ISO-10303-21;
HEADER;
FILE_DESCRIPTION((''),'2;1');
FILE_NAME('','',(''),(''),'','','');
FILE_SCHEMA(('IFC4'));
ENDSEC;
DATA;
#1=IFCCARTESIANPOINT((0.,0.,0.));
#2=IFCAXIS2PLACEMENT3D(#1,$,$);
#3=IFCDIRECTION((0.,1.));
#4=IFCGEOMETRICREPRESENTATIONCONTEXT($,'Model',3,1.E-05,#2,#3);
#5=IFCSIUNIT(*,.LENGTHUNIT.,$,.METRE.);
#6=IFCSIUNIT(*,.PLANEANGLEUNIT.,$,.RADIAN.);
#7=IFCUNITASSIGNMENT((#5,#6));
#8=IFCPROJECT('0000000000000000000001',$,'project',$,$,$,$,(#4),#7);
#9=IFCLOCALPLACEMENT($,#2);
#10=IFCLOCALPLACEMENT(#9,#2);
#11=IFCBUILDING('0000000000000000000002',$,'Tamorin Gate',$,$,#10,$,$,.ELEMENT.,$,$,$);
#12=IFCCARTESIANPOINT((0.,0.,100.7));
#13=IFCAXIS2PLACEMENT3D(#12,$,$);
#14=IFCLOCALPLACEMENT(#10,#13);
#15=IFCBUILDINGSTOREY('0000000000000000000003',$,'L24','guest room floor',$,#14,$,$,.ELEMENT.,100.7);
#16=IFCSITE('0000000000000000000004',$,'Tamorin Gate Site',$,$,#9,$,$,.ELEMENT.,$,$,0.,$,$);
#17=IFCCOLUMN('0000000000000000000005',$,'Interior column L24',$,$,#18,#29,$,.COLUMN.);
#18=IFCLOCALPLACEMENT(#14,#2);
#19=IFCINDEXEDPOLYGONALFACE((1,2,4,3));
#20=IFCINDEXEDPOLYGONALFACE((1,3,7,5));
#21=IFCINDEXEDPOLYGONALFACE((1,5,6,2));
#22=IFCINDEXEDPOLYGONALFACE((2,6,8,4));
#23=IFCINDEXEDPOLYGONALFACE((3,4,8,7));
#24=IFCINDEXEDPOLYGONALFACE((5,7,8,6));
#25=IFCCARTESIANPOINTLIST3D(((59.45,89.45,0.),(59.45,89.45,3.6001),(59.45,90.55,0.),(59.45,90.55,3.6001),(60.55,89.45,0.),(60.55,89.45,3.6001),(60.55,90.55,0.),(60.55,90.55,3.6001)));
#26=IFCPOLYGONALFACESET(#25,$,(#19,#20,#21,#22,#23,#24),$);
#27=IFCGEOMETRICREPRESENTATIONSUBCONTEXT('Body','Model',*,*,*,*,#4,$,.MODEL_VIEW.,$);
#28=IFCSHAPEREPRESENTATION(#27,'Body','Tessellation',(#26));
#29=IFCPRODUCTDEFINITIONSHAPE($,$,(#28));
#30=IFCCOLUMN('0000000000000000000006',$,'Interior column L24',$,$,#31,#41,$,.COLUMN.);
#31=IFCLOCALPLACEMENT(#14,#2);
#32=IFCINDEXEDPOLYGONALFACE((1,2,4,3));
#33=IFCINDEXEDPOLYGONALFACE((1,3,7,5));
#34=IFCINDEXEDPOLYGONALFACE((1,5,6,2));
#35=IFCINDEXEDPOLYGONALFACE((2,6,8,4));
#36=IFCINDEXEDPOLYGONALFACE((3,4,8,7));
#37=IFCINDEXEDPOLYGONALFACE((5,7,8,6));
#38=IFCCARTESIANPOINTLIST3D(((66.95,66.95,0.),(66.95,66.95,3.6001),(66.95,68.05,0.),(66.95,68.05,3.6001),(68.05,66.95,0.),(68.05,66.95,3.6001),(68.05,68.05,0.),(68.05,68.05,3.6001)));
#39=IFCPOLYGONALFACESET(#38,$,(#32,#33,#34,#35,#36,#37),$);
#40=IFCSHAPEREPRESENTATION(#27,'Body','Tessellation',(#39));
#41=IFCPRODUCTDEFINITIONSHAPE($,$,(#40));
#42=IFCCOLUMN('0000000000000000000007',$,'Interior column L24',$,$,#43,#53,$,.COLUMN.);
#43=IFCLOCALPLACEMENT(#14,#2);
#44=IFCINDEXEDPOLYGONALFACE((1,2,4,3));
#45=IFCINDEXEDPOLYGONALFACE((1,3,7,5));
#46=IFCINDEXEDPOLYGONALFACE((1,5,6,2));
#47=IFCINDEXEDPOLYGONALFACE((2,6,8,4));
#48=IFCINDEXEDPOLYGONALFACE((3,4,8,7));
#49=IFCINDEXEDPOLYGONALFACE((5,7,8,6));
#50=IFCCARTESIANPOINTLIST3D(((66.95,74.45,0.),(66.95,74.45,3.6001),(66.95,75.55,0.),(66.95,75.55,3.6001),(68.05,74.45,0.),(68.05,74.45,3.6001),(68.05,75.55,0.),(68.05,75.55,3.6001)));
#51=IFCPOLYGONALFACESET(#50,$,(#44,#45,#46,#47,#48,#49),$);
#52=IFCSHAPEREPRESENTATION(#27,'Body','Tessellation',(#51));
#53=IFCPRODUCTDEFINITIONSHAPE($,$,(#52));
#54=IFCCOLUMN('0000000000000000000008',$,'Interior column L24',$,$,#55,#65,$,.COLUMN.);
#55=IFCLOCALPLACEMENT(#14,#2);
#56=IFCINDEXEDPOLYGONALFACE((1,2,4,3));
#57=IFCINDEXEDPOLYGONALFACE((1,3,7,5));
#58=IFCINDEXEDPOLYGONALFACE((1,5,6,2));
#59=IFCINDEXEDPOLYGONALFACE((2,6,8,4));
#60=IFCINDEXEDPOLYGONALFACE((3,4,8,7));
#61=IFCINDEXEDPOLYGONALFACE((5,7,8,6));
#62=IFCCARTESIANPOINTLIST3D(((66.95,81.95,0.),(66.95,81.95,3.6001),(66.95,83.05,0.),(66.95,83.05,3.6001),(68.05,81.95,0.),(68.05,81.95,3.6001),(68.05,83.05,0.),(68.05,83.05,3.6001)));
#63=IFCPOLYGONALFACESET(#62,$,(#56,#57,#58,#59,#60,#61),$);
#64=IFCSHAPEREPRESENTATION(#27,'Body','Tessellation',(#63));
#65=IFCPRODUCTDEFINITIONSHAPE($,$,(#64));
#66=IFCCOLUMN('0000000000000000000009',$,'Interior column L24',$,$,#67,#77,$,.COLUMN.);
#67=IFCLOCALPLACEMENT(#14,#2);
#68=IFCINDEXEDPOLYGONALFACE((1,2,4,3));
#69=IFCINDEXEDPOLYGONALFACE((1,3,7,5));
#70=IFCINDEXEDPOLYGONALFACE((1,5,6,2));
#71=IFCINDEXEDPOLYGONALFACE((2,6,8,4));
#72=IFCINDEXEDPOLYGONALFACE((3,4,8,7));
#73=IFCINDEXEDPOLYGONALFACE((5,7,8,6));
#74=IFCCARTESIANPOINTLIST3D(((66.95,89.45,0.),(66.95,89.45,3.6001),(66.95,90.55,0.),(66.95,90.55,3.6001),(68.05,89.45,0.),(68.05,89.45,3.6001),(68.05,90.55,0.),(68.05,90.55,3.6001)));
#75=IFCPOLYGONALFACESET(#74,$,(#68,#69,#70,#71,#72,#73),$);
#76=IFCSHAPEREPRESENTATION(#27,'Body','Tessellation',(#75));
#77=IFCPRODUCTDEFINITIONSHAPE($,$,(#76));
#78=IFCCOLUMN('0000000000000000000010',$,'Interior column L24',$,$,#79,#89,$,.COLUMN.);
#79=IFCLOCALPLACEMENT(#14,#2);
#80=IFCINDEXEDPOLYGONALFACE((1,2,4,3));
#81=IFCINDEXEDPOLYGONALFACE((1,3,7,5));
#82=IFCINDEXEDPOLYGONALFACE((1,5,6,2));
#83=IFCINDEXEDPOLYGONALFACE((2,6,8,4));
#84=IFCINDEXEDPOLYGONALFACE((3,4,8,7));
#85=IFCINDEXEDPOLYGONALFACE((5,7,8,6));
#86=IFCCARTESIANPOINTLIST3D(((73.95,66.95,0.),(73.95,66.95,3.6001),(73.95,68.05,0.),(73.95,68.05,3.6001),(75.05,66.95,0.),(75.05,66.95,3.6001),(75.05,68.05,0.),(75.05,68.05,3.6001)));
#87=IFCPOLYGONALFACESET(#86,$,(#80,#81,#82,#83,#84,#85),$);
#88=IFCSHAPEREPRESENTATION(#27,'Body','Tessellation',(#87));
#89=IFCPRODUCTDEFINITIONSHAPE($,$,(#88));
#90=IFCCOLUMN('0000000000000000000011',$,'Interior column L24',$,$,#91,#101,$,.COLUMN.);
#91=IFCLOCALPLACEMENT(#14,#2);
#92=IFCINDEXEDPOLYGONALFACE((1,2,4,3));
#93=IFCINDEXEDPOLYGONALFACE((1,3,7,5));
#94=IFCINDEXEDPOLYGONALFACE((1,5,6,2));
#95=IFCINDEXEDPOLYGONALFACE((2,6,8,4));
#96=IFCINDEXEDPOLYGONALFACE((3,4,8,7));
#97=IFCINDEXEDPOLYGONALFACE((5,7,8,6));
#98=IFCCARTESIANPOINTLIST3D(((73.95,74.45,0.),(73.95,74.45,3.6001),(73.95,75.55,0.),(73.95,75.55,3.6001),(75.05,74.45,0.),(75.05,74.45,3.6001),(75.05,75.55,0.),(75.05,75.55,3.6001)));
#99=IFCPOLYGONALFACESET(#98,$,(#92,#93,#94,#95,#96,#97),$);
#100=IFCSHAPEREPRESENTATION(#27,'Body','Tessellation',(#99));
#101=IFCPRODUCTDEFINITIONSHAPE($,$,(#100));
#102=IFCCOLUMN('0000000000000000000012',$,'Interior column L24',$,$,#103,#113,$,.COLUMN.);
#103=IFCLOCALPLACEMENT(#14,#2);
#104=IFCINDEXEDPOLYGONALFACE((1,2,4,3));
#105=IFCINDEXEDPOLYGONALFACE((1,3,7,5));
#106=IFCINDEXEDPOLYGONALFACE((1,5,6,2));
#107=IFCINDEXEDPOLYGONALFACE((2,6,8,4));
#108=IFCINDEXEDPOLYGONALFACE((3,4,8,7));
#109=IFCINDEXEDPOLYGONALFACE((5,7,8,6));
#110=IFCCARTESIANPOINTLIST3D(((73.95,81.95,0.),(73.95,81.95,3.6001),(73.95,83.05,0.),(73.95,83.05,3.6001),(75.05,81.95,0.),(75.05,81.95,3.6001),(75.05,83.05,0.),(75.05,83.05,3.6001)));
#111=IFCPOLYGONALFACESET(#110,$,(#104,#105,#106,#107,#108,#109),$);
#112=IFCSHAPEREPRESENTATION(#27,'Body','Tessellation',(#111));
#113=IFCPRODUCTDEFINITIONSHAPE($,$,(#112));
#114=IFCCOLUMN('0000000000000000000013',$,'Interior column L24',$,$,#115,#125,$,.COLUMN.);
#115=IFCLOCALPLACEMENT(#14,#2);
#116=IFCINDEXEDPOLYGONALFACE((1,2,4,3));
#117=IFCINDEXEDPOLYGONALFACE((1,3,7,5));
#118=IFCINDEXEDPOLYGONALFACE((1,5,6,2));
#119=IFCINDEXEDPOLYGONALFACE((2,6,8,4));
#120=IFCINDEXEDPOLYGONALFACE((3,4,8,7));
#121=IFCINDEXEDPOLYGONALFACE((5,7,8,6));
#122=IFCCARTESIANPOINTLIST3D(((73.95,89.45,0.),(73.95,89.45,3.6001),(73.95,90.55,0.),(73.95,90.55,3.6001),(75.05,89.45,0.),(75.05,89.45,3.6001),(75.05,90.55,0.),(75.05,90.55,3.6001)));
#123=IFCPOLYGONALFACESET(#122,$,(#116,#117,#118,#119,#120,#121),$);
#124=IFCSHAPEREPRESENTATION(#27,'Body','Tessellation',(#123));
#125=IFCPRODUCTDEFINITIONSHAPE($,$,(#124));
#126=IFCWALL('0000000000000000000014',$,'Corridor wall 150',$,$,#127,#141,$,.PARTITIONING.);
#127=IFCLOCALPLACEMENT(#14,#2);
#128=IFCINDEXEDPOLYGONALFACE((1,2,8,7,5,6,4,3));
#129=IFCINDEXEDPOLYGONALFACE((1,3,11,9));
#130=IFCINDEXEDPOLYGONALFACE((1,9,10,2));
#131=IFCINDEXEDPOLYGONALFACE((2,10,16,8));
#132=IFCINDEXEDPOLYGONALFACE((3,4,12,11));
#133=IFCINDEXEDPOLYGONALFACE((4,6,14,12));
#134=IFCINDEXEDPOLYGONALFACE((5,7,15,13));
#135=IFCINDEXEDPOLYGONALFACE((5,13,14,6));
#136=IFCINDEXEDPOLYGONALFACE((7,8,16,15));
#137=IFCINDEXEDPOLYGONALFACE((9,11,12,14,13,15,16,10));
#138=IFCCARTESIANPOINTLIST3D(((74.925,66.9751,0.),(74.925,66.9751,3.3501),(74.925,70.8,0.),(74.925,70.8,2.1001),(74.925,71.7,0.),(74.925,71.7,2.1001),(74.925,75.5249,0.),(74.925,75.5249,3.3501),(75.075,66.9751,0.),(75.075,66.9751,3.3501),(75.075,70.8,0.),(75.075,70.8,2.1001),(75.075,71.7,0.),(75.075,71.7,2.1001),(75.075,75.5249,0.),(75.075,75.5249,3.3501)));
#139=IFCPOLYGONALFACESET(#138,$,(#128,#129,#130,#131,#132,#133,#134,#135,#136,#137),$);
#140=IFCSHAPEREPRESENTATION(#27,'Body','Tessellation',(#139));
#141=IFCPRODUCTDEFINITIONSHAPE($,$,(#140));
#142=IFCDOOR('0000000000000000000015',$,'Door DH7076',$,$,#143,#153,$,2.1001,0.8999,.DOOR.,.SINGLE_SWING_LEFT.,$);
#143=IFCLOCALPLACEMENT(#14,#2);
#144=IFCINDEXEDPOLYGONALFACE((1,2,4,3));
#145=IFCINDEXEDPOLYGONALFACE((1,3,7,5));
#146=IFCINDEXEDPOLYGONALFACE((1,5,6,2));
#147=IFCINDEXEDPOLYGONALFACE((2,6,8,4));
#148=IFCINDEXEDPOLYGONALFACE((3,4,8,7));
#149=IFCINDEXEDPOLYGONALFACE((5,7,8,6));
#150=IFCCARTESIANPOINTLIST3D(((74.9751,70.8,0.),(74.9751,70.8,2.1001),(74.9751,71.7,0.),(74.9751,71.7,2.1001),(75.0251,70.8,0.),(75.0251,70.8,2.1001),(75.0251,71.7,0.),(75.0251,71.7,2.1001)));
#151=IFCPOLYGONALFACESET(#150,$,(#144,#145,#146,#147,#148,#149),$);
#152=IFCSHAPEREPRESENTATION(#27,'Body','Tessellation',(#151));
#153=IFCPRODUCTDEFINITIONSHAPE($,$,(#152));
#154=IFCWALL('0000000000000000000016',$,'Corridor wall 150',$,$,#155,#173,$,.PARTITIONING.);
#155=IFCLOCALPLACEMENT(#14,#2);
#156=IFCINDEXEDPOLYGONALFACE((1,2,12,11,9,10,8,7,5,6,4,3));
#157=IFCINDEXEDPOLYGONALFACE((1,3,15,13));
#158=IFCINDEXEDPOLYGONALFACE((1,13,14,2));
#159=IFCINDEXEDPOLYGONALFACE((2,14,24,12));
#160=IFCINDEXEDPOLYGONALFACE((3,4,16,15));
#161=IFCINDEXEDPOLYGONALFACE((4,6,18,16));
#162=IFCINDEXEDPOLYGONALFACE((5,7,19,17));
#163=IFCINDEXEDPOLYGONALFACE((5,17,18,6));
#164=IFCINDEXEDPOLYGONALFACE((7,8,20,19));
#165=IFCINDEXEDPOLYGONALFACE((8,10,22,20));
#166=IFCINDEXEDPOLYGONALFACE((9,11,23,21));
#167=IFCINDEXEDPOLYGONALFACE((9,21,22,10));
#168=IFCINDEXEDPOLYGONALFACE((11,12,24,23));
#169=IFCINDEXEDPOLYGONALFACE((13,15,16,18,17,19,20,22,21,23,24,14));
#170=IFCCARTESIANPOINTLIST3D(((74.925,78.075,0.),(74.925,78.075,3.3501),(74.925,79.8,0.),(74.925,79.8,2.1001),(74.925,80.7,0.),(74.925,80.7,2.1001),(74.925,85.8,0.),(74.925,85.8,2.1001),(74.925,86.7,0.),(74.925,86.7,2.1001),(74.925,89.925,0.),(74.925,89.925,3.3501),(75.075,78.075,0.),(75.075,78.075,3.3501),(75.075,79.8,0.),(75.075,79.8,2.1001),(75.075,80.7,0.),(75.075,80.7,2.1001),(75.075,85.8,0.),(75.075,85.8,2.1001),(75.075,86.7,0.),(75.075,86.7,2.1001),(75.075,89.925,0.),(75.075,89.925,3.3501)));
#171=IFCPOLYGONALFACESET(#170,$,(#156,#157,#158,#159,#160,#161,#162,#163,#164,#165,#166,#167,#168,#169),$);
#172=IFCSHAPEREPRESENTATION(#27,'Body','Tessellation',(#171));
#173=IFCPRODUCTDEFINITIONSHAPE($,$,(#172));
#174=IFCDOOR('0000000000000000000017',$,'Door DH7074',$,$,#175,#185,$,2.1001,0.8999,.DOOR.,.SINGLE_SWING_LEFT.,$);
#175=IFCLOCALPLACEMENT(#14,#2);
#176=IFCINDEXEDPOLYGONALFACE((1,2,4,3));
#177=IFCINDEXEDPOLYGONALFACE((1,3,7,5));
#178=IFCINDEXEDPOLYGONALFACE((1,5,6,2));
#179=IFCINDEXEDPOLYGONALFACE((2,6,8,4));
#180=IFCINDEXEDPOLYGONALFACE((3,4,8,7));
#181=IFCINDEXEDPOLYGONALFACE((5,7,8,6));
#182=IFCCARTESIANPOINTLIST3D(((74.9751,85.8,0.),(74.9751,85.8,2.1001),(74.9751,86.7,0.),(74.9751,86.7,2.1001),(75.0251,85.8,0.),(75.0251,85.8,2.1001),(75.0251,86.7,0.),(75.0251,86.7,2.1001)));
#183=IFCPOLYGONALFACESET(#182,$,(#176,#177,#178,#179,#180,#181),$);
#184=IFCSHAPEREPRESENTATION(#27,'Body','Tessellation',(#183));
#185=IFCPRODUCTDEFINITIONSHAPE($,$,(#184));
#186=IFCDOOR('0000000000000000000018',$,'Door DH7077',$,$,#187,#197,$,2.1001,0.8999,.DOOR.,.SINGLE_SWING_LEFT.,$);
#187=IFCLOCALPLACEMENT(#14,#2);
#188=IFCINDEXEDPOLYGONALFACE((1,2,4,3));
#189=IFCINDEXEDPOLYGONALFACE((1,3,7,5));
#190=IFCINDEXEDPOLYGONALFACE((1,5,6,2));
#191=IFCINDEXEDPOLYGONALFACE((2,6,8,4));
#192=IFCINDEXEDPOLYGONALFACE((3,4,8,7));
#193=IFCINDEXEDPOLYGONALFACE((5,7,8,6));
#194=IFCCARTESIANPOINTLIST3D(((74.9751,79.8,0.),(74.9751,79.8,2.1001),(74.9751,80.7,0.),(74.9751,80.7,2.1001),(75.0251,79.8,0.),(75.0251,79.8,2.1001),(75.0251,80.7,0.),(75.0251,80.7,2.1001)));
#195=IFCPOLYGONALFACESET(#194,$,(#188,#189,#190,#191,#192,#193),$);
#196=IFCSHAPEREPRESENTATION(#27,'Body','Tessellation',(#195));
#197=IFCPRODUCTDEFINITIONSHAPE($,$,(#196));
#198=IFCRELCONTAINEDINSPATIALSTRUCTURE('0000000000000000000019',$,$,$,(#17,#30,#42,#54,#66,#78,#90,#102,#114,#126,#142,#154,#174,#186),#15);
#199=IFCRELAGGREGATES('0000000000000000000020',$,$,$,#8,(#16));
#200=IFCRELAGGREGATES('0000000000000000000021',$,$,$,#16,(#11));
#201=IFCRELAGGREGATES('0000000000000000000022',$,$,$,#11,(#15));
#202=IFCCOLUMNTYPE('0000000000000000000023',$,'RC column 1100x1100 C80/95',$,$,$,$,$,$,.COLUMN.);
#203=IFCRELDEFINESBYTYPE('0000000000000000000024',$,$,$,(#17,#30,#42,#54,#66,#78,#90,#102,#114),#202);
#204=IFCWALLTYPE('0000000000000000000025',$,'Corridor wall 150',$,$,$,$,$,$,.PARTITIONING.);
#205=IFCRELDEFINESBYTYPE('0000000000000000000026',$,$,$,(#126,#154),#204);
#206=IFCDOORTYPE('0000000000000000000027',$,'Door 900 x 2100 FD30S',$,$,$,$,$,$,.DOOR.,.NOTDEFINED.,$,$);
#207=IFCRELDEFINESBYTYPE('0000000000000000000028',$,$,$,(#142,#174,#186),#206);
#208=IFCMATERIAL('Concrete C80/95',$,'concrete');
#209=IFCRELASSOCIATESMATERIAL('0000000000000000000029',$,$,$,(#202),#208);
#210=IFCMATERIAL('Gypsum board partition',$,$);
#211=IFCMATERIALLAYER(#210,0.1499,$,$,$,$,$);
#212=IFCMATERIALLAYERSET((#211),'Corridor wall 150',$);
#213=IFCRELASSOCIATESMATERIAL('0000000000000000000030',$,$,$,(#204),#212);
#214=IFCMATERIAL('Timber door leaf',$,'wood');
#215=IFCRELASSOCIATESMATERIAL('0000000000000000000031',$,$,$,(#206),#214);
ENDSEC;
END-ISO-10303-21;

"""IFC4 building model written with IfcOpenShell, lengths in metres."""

from ifc_helpers import new_model, si_unit, direction, frame, frame_2d, origin, origin_2d, place, context, subcontext, project, spatial, rectangle, extrude, material, layer, layer_set, material_profile, profile_set, type_object, element, fill, save


model = new_model("IFC4")

# Units and contexts
model_context = context("Model", 3, precision=1e-05, world=origin(), true_north=direction((0.0, 1.0)))
body_context = subcontext(model_context, "Body", "Model", "MODEL_VIEW")
ifc_project = project(units=[si_unit("LENGTHUNIT", "METRE"), si_unit("PLANEANGLEUNIT", "RADIAN")], contexts=[model_context])

# Site, building, storey
site_placement = place(None, origin())
site = spatial("IfcSite", under=ifc_project, at=site_placement, Name="Tamorin Gate Site", CompositionType="ELEMENT", RefElevation=0.0)
building_placement = place(site_placement, origin())
building = spatial("IfcBuilding", under=site, at=building_placement, Name="Tamorin Gate", CompositionType="ELEMENT")
storey_placement = place(building_placement, frame((0.0, 0.0, 100.7)))
storey = spatial("IfcBuildingStorey", under=building, at=storey_placement, Name="L24", Description="guest room floor", CompositionType="ELEMENT", Elevation=100.7)

# Columns
ifc_material_1 = material(Name="Concrete C80/95", Category="concrete")
ifc_material_profile = material_profile(ifc_material_1, rectangle(XDim=1.1001, YDim=1.1001, at=origin_2d()), Name="RC 1100x1100")
ifc_profile_set = profile_set([ifc_material_profile], Name="Concrete C80/95")
column_type = type_object("IfcColumnType", Name="RC column 1100x1100 C80/95", PredefinedType="COLUMN", material=ifc_profile_set)
for number, where, z_axis, x_axis, name in (
    (1, (60.0, 90.0, 0.0), (0.0, 0.0, 1.0), (1.0, 0.0, 0.0), "Interior column L24"),
    (2, (67.5, 67.5, 0.0), (0.0, 0.0, 1.0), (1.0, 0.0, 0.0), "Interior column L24"),
    (3, (67.5, 75.0, 0.0), (0.0, 0.0, 1.0), (1.0, 0.0, 0.0), "Interior column L24"),
    (4, (67.5, 82.5, 0.0), (0.0, 0.0, 1.0), (1.0, 0.0, 0.0), "Interior column L24"),
    (5, (67.5, 90.0, 0.0), (0.0, 0.0, 1.0), (1.0, 0.0, 0.0), "Interior column L24"),
    (6, (74.5, 67.5, 0.0), (0.0, 0.0, 1.0), (1.0, 0.0, 0.0), "Interior column L24"),
    (7, (74.5, 75.0, 0.0), (0.0, 0.0, 1.0), (1.0, 0.0, 0.0), "Interior column L24"),
    (8, (74.5, 82.5, 0.0), (0.0, 0.0, 1.0), (1.0, 0.0, 0.0), "Interior column L24"),
    (9, (74.5, 90.0, 0.0), (0.0, 0.0, 1.0), (1.0, 0.0, 0.0), "Interior column L24"),
):
    element("IfcColumn", number, at=place(storey_placement, frame(where, z_axis=z_axis, x_axis=x_axis)), inside=storey, type_object=column_type, Name=name, PredefinedType="COLUMN", context=body_context, shape_type="SweptSolid", body=[
        extrude(rectangle(XDim=1.1001, YDim=1.1001, at=origin_2d()), origin(), (0.0, 0.0, 1.0), 3.6001),
    ])

# Wall, opening, door
ifc_material_2 = material(Name="Gypsum board partition")
ifc_layer_1 = layer(ifc_material_2, 0.1499)
ifc_layer_set_1 = layer_set([ifc_layer_1], Name="Corridor wall 150")
wall_type_1 = type_object("IfcWallType", Name="Corridor wall 150", PredefinedType="PARTITIONING", material=ifc_layer_set_1)
wall_1_placement = place(storey_placement, frame((75.0, 66.9751, 0.0), z_axis=(0.0, 0.0, 1.0), x_axis=(0.0, 1.0, 0.0)))
wall_1 = element("IfcWall", 10, at=wall_1_placement, inside=storey, type_object=wall_type_1, Name="Corridor wall 150", PredefinedType="PARTITIONING", context=body_context, shape_type="SweptSolid", body=[
    extrude(rectangle(XDim=8.5498, YDim=0.1499, at=frame_2d((4.2749, 0.0))), origin(), (0.0, 0.0, 1.0), 3.3501),
])
opening_1_placement = place(wall_1_placement, frame((3.825, 0.0, 0.0)))
opening_1 = element("IfcOpeningElement", 11, at=opening_1_placement, cuts=wall_1, PredefinedType="OPENING", context=body_context, shape_type="SweptSolid", body=[
    extrude(rectangle(XDim=0.8999, YDim=2.1001, at=frame_2d((0.45, 1.05))), frame((0.0, 0.085, 0.0), z_axis=(0.0, -1.0, 0.0), x_axis=(1.0, 0.0, 0.0)), (0.0, 0.0, 1.0), 0.1699),
])
ifc_material_3 = material(Name="Timber door leaf", Category="wood")
door_type = type_object("IfcDoorType", Name="Door 900 x 2100 FD30S", OperationType="NOTDEFINED", PredefinedType="DOOR", material=ifc_material_3)
door_1_placement = place(opening_1_placement, origin())
door_1 = element("IfcDoor", 12, at=door_1_placement, inside=storey, type_object=door_type, Name="Door DH7076", OperationType="SINGLE_SWING_LEFT", OverallHeight=2.1001, OverallWidth=0.8999, PredefinedType="DOOR", context=body_context, shape_type="SweptSolid", body=[
    extrude(rectangle(XDim=0.8999, YDim=2.1001, at=frame_2d((0.45, 1.05))), frame((0.0, 0.0249, 0.0), z_axis=(0.0, -1.0, 0.0), x_axis=(1.0, 0.0, 0.0)), (0.0, 0.0, 1.0), 0.05),
])
fill(opening_1, door_1)

# Wall, openings, doors
wall_2_placement = place(storey_placement, frame((75.0, 78.075, 0.0), z_axis=(0.0, 0.0, 1.0), x_axis=(0.0, 1.0, 0.0)))
wall_2 = element("IfcWall", 13, at=wall_2_placement, inside=storey, type_object=wall_type_1, Name="Corridor wall 150", PredefinedType="PARTITIONING", context=body_context, shape_type="SweptSolid", body=[
    extrude(rectangle(XDim=11.8501, YDim=0.1499, at=frame_2d((5.925, 0.0))), origin(), (0.0, 0.0, 1.0), 3.3501),
])
opening_2_placement = place(wall_2_placement, frame((7.7251, 0.0, 0.0)))
opening_2 = element("IfcOpeningElement", 14, at=opening_2_placement, cuts=wall_2, PredefinedType="OPENING", context=body_context, shape_type="SweptSolid", body=[
    extrude(rectangle(XDim=0.8999, YDim=2.1001, at=frame_2d((0.45, 1.05))), frame((0.0, 0.085, 0.0), z_axis=(0.0, -1.0, 0.0), x_axis=(1.0, 0.0, 0.0)), (0.0, 0.0, 1.0), 0.1699),
])
opening_3_placement = place(wall_2_placement, frame((1.7251, 0.0, 0.0)))
opening_3 = element("IfcOpeningElement", 15, at=opening_3_placement, cuts=wall_2, PredefinedType="OPENING", context=body_context, shape_type="SweptSolid", body=[
    extrude(rectangle(XDim=0.8999, YDim=2.1001, at=frame_2d((0.45, 1.05))), frame((0.0, 0.085, 0.0), z_axis=(0.0, -1.0, 0.0), x_axis=(1.0, 0.0, 0.0)), (0.0, 0.0, 1.0), 0.1699),
])
door_2_placement = place(opening_2_placement, origin())
door_2 = element("IfcDoor", 16, at=door_2_placement, inside=storey, type_object=door_type, Name="Door DH7074", OperationType="SINGLE_SWING_LEFT", OverallHeight=2.1001, OverallWidth=0.8999, PredefinedType="DOOR", context=body_context, shape_type="SweptSolid", body=[
    extrude(rectangle(XDim=0.8999, YDim=2.1001, at=frame_2d((0.45, 1.05))), frame((0.0, 0.0249, 0.0), z_axis=(0.0, -1.0, 0.0), x_axis=(1.0, 0.0, 0.0)), (0.0, 0.0, 1.0), 0.05),
])
fill(opening_2, door_2)
door_3_placement = place(opening_3_placement, origin())
door_3 = element("IfcDoor", 17, at=door_3_placement, inside=storey, type_object=door_type, Name="Door DH7077", OperationType="SINGLE_SWING_LEFT", OverallHeight=2.1001, OverallWidth=0.8999, PredefinedType="DOOR", context=body_context, shape_type="SweptSolid", body=[
    extrude(rectangle(XDim=0.8999, YDim=2.1001, at=frame_2d((0.45, 1.05))), frame((0.0, 0.0249, 0.0), z_axis=(0.0, -1.0, 0.0), x_axis=(1.0, 0.0, 0.0)), (0.0, 0.0, 1.0), 0.05),
])
fill(opening_3, door_3)

save(model, "model.ifc")
